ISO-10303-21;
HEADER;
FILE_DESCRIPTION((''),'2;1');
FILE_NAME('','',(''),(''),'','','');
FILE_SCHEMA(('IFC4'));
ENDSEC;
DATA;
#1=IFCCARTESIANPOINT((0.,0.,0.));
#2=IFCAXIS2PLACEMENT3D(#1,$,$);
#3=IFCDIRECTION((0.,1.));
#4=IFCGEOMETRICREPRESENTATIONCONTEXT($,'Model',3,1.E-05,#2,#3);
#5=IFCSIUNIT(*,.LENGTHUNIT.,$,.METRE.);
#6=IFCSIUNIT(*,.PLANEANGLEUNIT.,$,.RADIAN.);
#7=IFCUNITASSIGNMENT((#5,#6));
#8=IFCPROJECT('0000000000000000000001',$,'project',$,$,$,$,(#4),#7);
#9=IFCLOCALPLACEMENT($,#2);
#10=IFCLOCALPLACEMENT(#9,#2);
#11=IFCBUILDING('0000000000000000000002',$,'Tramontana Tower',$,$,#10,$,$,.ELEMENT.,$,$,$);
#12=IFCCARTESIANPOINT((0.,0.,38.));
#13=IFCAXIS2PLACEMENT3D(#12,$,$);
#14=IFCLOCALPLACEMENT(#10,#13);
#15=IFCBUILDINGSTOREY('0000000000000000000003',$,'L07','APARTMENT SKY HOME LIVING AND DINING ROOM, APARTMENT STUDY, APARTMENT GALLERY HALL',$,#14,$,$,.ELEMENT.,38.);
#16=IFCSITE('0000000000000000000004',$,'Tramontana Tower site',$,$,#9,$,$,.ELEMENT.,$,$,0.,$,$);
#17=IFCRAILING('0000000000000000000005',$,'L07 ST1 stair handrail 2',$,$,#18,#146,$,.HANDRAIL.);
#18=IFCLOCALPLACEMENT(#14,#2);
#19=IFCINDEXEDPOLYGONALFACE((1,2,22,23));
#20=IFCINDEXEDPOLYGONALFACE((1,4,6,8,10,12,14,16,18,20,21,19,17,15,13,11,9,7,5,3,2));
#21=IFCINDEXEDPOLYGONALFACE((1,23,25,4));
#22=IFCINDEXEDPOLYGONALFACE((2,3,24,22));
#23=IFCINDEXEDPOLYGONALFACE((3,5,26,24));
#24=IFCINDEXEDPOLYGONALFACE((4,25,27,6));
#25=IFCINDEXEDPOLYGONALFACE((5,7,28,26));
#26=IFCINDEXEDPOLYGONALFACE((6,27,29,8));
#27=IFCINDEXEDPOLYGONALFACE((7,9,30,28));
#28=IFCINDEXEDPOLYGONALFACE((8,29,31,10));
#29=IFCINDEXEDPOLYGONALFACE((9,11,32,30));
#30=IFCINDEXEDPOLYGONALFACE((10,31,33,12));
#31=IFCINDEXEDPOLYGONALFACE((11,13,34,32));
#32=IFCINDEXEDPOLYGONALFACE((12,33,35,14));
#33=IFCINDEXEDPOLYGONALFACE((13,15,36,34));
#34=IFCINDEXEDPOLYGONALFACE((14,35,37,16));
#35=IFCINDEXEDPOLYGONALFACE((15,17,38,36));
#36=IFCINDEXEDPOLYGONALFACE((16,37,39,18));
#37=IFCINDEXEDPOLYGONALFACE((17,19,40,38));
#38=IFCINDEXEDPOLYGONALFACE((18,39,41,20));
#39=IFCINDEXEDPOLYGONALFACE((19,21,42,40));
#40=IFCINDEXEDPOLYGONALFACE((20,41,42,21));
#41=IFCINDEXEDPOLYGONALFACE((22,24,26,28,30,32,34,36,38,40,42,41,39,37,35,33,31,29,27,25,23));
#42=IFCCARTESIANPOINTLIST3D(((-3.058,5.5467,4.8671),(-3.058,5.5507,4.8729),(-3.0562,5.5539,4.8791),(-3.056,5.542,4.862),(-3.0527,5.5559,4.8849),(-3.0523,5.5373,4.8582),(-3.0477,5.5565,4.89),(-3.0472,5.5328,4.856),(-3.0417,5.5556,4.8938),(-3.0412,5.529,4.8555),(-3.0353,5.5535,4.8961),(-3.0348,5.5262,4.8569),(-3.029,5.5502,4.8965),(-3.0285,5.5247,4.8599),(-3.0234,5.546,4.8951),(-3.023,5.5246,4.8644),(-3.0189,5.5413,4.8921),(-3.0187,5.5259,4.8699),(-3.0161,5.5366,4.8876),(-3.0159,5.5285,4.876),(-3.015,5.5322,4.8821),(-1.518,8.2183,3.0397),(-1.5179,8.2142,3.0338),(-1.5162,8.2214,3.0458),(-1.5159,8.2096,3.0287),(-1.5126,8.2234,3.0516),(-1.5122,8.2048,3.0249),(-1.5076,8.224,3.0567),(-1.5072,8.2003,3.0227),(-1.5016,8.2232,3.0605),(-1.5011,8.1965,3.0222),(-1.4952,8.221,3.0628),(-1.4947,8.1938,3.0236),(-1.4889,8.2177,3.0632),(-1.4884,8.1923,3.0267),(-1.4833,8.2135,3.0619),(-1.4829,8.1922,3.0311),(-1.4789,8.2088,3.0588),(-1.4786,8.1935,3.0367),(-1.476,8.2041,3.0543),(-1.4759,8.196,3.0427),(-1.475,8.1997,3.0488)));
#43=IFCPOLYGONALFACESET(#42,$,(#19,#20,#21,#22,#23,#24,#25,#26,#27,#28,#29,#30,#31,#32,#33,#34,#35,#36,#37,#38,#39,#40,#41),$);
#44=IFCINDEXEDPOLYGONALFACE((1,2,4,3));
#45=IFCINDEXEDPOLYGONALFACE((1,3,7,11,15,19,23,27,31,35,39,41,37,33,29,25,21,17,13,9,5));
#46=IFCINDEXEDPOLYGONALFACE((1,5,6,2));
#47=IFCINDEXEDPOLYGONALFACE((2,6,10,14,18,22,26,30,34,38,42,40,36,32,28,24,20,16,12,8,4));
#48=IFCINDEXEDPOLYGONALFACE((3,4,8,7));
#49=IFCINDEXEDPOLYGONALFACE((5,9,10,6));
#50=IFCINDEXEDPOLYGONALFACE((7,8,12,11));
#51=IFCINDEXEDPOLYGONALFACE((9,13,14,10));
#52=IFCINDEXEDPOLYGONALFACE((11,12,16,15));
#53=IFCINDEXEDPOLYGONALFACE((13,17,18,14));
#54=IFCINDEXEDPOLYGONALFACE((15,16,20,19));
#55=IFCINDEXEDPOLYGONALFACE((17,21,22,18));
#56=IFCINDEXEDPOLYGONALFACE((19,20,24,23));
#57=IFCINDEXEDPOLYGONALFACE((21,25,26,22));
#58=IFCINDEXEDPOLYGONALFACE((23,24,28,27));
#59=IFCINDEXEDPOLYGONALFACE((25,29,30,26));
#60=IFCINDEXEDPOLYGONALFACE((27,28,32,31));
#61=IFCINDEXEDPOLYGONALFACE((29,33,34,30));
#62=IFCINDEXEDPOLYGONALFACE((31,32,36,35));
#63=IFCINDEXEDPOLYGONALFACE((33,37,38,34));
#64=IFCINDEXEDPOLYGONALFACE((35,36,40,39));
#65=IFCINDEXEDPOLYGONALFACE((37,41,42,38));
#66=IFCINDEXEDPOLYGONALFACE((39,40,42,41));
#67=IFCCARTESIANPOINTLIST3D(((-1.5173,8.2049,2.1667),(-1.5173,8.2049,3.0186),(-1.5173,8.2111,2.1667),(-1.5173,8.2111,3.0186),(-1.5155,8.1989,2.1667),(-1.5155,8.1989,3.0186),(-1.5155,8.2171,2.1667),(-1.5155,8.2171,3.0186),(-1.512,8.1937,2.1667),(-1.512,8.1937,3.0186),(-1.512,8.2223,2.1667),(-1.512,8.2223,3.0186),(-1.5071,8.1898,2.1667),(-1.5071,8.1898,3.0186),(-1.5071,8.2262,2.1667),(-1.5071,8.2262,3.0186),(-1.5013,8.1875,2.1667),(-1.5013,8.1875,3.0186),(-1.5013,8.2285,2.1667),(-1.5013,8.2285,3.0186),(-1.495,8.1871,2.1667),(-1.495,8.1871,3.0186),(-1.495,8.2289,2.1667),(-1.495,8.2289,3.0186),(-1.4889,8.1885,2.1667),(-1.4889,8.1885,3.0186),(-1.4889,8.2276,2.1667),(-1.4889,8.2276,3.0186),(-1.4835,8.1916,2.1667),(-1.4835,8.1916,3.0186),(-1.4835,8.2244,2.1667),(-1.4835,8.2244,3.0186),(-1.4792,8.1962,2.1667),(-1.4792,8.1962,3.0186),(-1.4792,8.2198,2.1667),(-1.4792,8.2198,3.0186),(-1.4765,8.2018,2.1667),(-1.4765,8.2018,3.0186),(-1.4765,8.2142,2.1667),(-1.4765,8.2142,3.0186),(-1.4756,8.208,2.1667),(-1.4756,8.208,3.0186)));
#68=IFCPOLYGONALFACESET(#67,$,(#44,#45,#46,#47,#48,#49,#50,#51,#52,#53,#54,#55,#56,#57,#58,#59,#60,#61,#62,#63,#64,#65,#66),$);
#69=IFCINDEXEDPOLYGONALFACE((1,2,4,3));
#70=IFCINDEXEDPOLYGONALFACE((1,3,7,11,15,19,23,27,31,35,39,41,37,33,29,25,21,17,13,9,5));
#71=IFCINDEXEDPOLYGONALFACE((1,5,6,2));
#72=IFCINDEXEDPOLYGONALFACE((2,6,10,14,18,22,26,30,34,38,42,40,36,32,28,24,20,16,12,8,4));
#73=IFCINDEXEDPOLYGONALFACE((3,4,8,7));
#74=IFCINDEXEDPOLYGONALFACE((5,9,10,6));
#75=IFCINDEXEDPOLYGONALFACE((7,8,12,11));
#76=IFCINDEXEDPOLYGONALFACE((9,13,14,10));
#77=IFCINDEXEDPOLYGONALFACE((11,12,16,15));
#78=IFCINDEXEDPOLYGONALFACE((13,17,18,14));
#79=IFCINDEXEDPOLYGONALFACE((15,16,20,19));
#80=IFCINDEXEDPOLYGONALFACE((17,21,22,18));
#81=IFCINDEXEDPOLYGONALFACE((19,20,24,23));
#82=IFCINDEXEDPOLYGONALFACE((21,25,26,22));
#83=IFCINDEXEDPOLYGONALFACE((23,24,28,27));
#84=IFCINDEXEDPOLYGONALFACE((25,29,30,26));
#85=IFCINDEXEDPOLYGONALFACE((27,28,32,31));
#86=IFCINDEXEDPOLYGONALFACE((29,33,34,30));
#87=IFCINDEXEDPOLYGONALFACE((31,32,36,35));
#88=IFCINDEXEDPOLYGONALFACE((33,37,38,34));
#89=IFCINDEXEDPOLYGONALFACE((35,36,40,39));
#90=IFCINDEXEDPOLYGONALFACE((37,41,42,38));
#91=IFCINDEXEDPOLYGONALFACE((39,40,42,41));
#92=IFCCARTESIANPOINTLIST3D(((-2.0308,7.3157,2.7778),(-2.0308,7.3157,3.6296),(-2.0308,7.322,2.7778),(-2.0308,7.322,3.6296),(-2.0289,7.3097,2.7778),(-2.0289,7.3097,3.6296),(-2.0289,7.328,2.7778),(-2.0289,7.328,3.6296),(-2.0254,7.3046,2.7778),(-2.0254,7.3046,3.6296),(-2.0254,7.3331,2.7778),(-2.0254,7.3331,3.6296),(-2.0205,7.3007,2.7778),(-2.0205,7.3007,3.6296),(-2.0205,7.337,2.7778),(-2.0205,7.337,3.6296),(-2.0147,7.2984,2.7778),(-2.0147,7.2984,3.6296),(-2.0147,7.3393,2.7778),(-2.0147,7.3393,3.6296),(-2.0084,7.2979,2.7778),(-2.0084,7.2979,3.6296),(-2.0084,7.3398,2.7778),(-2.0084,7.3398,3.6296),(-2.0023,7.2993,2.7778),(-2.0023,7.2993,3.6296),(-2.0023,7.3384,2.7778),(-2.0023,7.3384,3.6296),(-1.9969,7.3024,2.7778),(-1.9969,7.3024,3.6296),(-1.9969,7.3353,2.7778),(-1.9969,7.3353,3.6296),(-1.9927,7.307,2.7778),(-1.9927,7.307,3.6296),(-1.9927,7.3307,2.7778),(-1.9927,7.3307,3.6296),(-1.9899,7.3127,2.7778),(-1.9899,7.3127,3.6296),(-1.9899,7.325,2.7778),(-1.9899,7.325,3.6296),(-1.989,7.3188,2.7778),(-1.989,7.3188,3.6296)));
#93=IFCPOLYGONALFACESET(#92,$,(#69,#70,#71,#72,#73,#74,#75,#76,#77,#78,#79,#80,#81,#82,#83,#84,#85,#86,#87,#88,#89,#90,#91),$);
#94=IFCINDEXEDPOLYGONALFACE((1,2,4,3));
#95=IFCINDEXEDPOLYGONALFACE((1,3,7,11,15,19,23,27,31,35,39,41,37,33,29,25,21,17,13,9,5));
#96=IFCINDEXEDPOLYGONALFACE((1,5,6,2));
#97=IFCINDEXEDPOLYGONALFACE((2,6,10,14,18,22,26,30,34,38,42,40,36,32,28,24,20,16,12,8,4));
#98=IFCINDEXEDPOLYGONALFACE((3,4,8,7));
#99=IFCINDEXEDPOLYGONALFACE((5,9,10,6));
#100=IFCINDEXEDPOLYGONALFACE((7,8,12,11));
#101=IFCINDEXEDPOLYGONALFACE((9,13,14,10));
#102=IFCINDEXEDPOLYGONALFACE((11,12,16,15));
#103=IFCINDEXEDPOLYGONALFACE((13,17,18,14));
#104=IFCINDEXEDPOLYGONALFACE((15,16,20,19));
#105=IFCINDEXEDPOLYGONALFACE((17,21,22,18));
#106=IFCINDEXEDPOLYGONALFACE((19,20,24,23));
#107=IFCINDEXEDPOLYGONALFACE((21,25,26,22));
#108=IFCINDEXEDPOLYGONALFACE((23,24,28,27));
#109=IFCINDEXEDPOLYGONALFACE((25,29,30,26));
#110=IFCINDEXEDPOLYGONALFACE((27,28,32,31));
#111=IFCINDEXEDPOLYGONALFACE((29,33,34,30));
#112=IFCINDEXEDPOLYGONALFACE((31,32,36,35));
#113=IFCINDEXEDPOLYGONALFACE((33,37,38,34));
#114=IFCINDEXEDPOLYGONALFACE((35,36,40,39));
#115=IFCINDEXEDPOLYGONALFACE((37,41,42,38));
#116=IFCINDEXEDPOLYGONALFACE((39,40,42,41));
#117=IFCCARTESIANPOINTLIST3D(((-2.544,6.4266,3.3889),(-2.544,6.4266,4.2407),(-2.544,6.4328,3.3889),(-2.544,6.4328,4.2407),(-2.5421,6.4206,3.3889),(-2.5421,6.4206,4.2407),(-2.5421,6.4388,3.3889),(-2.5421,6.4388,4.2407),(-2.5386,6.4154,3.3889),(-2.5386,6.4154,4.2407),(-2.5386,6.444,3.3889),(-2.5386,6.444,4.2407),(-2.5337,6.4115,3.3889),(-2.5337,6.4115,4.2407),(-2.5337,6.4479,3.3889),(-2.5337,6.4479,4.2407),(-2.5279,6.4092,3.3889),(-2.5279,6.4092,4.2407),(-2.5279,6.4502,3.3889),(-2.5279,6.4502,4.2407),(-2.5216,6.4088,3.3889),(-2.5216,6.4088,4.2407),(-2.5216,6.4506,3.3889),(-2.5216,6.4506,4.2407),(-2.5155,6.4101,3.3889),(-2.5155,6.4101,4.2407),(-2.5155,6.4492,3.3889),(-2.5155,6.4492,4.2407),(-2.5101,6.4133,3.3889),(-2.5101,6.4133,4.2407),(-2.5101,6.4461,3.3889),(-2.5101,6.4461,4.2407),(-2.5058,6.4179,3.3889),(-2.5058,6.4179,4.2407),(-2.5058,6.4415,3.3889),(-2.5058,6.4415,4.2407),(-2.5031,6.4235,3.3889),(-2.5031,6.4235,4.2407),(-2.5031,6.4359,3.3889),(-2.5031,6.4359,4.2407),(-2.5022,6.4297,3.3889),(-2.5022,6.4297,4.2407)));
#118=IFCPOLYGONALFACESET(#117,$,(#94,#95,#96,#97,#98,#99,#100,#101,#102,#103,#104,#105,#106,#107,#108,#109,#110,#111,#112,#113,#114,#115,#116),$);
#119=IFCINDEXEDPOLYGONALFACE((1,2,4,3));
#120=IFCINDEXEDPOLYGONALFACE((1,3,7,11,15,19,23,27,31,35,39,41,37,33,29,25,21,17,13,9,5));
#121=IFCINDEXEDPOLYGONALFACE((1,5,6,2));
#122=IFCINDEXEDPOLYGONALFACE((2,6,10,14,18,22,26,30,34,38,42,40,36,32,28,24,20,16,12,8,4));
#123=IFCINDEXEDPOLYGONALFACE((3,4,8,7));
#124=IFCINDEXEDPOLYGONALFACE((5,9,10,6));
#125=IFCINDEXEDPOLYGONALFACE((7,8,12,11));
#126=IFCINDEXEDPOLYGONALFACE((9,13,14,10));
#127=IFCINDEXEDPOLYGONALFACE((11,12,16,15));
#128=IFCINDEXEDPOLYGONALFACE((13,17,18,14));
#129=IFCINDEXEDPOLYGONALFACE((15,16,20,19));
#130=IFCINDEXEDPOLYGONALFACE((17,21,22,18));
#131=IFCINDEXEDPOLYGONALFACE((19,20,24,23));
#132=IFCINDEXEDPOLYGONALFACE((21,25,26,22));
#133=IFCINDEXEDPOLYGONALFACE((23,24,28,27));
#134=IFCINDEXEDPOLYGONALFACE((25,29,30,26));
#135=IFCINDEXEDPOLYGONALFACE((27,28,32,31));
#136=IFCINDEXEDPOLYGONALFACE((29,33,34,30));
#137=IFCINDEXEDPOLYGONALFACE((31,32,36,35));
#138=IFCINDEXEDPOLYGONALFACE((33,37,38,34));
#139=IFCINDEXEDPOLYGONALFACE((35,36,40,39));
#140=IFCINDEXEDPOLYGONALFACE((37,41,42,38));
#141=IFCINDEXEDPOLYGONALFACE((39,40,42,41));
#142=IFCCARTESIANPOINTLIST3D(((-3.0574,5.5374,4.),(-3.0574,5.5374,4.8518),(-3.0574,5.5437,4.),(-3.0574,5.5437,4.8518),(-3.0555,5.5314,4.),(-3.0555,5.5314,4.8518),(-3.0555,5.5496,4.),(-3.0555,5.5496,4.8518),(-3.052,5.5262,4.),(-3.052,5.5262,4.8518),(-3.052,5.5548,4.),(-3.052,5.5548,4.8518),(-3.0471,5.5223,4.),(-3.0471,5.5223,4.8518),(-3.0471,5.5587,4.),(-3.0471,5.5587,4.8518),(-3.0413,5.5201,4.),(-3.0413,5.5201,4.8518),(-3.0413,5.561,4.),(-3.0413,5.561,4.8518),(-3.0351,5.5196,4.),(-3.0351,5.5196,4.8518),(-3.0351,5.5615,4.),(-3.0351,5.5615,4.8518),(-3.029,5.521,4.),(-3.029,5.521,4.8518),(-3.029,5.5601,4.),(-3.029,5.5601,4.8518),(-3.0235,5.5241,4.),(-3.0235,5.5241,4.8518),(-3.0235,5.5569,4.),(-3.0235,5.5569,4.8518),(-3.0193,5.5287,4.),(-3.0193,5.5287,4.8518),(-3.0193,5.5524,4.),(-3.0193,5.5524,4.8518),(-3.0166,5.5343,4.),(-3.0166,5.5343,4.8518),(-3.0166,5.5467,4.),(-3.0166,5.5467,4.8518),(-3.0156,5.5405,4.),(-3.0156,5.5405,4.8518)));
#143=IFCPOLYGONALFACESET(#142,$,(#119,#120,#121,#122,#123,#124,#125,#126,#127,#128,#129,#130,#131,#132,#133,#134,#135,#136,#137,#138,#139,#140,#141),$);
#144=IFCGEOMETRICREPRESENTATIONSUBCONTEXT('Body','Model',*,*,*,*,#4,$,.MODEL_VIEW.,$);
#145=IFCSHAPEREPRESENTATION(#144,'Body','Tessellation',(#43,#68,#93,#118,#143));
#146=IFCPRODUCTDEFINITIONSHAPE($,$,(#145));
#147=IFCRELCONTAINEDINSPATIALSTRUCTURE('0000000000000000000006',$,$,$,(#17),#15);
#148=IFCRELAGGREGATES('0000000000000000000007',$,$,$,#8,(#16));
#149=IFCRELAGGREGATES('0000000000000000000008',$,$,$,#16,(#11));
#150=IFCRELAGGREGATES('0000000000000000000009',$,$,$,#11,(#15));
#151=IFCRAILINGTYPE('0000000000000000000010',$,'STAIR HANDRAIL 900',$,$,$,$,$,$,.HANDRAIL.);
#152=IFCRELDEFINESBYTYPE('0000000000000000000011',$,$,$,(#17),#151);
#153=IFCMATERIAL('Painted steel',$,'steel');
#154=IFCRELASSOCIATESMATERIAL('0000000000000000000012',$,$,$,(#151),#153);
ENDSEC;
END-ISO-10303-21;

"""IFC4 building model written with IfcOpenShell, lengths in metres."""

from ifc_helpers import new_model, si_unit, direction, frame, origin, origin_2d, place, context, subcontext, project, spatial, circle, extrude, material, type_object, element, save


model = new_model("IFC4")

# Units and contexts
model_context = context("Model", 3, precision=1e-05, world=origin(), true_north=direction((0.0, 1.0)))
body_context = subcontext(model_context, "Body", "Model", "MODEL_VIEW")
ifc_project = project(units=[si_unit("LENGTHUNIT", "METRE"), si_unit("PLANEANGLEUNIT", "RADIAN")], contexts=[model_context])

# Site, building, storey
site_placement = place(None, origin())
site = spatial("IfcSite", under=ifc_project, at=site_placement, Name="Tramontana Tower site", CompositionType="ELEMENT", RefElevation=0.0)
building_placement = place(site_placement, origin())
building = spatial("IfcBuilding", under=site, at=building_placement, Name="Tramontana Tower", CompositionType="ELEMENT")
storey_placement = place(building_placement, frame((0.0, 0.0, 38.0)))
storey = spatial("IfcBuildingStorey", under=building, at=storey_placement, Name="L07", Description="APARTMENT SKY HOME LIVING AND DINING ROOM, APARTMENT STUDY, APARTMENT GALLERY HALL", CompositionType="ELEMENT", Elevation=38.0)

# Railing
ifc_material_1 = material(Name="Painted steel", Category="steel")
railing_type = type_object("IfcRailingType", Name="STAIR HANDRAIL 900", PredefinedType="HANDRAIL", material=ifc_material_1)
railing_placement = place(storey_placement, frame((-1.4966, 8.208, 2.1667)))
element("IfcRailing", 1, at=railing_placement, inside=storey, type_object=railing_type, Name="L07 ST1 stair handrail 2", PredefinedType="HANDRAIL", context=body_context, shape_type="SweptSolid", body=[
    extrude(circle(Radius=0.0239, at=origin_2d()), frame((0.0, 0.0, 0.876), z_axis=(-0.429649, -0.74419, 0.511452), x_axis=(0.86603, -0.499992, 0.0)), (0.0, 0.0, 1.0), 3.5845),
    extrude(circle(Radius=0.021, at=origin_2d()), origin(), (0.0, 0.0, 1.0), 0.8518),
    extrude(circle(Radius=0.021, at=origin_2d()), frame((-0.5134, -0.8892, 0.6111)), (0.0, 0.0, 1.0), 0.8518),
    extrude(circle(Radius=0.021, at=origin_2d()), frame((-1.0266, -1.7783, 1.2222)), (0.0, 0.0, 1.0), 0.8518),
    extrude(circle(Radius=0.021, at=origin_2d()), frame((-1.54, -2.6675, 1.8333)), (0.0, 0.0, 1.0), 0.8518),
])

save(model, "model.ifc")
